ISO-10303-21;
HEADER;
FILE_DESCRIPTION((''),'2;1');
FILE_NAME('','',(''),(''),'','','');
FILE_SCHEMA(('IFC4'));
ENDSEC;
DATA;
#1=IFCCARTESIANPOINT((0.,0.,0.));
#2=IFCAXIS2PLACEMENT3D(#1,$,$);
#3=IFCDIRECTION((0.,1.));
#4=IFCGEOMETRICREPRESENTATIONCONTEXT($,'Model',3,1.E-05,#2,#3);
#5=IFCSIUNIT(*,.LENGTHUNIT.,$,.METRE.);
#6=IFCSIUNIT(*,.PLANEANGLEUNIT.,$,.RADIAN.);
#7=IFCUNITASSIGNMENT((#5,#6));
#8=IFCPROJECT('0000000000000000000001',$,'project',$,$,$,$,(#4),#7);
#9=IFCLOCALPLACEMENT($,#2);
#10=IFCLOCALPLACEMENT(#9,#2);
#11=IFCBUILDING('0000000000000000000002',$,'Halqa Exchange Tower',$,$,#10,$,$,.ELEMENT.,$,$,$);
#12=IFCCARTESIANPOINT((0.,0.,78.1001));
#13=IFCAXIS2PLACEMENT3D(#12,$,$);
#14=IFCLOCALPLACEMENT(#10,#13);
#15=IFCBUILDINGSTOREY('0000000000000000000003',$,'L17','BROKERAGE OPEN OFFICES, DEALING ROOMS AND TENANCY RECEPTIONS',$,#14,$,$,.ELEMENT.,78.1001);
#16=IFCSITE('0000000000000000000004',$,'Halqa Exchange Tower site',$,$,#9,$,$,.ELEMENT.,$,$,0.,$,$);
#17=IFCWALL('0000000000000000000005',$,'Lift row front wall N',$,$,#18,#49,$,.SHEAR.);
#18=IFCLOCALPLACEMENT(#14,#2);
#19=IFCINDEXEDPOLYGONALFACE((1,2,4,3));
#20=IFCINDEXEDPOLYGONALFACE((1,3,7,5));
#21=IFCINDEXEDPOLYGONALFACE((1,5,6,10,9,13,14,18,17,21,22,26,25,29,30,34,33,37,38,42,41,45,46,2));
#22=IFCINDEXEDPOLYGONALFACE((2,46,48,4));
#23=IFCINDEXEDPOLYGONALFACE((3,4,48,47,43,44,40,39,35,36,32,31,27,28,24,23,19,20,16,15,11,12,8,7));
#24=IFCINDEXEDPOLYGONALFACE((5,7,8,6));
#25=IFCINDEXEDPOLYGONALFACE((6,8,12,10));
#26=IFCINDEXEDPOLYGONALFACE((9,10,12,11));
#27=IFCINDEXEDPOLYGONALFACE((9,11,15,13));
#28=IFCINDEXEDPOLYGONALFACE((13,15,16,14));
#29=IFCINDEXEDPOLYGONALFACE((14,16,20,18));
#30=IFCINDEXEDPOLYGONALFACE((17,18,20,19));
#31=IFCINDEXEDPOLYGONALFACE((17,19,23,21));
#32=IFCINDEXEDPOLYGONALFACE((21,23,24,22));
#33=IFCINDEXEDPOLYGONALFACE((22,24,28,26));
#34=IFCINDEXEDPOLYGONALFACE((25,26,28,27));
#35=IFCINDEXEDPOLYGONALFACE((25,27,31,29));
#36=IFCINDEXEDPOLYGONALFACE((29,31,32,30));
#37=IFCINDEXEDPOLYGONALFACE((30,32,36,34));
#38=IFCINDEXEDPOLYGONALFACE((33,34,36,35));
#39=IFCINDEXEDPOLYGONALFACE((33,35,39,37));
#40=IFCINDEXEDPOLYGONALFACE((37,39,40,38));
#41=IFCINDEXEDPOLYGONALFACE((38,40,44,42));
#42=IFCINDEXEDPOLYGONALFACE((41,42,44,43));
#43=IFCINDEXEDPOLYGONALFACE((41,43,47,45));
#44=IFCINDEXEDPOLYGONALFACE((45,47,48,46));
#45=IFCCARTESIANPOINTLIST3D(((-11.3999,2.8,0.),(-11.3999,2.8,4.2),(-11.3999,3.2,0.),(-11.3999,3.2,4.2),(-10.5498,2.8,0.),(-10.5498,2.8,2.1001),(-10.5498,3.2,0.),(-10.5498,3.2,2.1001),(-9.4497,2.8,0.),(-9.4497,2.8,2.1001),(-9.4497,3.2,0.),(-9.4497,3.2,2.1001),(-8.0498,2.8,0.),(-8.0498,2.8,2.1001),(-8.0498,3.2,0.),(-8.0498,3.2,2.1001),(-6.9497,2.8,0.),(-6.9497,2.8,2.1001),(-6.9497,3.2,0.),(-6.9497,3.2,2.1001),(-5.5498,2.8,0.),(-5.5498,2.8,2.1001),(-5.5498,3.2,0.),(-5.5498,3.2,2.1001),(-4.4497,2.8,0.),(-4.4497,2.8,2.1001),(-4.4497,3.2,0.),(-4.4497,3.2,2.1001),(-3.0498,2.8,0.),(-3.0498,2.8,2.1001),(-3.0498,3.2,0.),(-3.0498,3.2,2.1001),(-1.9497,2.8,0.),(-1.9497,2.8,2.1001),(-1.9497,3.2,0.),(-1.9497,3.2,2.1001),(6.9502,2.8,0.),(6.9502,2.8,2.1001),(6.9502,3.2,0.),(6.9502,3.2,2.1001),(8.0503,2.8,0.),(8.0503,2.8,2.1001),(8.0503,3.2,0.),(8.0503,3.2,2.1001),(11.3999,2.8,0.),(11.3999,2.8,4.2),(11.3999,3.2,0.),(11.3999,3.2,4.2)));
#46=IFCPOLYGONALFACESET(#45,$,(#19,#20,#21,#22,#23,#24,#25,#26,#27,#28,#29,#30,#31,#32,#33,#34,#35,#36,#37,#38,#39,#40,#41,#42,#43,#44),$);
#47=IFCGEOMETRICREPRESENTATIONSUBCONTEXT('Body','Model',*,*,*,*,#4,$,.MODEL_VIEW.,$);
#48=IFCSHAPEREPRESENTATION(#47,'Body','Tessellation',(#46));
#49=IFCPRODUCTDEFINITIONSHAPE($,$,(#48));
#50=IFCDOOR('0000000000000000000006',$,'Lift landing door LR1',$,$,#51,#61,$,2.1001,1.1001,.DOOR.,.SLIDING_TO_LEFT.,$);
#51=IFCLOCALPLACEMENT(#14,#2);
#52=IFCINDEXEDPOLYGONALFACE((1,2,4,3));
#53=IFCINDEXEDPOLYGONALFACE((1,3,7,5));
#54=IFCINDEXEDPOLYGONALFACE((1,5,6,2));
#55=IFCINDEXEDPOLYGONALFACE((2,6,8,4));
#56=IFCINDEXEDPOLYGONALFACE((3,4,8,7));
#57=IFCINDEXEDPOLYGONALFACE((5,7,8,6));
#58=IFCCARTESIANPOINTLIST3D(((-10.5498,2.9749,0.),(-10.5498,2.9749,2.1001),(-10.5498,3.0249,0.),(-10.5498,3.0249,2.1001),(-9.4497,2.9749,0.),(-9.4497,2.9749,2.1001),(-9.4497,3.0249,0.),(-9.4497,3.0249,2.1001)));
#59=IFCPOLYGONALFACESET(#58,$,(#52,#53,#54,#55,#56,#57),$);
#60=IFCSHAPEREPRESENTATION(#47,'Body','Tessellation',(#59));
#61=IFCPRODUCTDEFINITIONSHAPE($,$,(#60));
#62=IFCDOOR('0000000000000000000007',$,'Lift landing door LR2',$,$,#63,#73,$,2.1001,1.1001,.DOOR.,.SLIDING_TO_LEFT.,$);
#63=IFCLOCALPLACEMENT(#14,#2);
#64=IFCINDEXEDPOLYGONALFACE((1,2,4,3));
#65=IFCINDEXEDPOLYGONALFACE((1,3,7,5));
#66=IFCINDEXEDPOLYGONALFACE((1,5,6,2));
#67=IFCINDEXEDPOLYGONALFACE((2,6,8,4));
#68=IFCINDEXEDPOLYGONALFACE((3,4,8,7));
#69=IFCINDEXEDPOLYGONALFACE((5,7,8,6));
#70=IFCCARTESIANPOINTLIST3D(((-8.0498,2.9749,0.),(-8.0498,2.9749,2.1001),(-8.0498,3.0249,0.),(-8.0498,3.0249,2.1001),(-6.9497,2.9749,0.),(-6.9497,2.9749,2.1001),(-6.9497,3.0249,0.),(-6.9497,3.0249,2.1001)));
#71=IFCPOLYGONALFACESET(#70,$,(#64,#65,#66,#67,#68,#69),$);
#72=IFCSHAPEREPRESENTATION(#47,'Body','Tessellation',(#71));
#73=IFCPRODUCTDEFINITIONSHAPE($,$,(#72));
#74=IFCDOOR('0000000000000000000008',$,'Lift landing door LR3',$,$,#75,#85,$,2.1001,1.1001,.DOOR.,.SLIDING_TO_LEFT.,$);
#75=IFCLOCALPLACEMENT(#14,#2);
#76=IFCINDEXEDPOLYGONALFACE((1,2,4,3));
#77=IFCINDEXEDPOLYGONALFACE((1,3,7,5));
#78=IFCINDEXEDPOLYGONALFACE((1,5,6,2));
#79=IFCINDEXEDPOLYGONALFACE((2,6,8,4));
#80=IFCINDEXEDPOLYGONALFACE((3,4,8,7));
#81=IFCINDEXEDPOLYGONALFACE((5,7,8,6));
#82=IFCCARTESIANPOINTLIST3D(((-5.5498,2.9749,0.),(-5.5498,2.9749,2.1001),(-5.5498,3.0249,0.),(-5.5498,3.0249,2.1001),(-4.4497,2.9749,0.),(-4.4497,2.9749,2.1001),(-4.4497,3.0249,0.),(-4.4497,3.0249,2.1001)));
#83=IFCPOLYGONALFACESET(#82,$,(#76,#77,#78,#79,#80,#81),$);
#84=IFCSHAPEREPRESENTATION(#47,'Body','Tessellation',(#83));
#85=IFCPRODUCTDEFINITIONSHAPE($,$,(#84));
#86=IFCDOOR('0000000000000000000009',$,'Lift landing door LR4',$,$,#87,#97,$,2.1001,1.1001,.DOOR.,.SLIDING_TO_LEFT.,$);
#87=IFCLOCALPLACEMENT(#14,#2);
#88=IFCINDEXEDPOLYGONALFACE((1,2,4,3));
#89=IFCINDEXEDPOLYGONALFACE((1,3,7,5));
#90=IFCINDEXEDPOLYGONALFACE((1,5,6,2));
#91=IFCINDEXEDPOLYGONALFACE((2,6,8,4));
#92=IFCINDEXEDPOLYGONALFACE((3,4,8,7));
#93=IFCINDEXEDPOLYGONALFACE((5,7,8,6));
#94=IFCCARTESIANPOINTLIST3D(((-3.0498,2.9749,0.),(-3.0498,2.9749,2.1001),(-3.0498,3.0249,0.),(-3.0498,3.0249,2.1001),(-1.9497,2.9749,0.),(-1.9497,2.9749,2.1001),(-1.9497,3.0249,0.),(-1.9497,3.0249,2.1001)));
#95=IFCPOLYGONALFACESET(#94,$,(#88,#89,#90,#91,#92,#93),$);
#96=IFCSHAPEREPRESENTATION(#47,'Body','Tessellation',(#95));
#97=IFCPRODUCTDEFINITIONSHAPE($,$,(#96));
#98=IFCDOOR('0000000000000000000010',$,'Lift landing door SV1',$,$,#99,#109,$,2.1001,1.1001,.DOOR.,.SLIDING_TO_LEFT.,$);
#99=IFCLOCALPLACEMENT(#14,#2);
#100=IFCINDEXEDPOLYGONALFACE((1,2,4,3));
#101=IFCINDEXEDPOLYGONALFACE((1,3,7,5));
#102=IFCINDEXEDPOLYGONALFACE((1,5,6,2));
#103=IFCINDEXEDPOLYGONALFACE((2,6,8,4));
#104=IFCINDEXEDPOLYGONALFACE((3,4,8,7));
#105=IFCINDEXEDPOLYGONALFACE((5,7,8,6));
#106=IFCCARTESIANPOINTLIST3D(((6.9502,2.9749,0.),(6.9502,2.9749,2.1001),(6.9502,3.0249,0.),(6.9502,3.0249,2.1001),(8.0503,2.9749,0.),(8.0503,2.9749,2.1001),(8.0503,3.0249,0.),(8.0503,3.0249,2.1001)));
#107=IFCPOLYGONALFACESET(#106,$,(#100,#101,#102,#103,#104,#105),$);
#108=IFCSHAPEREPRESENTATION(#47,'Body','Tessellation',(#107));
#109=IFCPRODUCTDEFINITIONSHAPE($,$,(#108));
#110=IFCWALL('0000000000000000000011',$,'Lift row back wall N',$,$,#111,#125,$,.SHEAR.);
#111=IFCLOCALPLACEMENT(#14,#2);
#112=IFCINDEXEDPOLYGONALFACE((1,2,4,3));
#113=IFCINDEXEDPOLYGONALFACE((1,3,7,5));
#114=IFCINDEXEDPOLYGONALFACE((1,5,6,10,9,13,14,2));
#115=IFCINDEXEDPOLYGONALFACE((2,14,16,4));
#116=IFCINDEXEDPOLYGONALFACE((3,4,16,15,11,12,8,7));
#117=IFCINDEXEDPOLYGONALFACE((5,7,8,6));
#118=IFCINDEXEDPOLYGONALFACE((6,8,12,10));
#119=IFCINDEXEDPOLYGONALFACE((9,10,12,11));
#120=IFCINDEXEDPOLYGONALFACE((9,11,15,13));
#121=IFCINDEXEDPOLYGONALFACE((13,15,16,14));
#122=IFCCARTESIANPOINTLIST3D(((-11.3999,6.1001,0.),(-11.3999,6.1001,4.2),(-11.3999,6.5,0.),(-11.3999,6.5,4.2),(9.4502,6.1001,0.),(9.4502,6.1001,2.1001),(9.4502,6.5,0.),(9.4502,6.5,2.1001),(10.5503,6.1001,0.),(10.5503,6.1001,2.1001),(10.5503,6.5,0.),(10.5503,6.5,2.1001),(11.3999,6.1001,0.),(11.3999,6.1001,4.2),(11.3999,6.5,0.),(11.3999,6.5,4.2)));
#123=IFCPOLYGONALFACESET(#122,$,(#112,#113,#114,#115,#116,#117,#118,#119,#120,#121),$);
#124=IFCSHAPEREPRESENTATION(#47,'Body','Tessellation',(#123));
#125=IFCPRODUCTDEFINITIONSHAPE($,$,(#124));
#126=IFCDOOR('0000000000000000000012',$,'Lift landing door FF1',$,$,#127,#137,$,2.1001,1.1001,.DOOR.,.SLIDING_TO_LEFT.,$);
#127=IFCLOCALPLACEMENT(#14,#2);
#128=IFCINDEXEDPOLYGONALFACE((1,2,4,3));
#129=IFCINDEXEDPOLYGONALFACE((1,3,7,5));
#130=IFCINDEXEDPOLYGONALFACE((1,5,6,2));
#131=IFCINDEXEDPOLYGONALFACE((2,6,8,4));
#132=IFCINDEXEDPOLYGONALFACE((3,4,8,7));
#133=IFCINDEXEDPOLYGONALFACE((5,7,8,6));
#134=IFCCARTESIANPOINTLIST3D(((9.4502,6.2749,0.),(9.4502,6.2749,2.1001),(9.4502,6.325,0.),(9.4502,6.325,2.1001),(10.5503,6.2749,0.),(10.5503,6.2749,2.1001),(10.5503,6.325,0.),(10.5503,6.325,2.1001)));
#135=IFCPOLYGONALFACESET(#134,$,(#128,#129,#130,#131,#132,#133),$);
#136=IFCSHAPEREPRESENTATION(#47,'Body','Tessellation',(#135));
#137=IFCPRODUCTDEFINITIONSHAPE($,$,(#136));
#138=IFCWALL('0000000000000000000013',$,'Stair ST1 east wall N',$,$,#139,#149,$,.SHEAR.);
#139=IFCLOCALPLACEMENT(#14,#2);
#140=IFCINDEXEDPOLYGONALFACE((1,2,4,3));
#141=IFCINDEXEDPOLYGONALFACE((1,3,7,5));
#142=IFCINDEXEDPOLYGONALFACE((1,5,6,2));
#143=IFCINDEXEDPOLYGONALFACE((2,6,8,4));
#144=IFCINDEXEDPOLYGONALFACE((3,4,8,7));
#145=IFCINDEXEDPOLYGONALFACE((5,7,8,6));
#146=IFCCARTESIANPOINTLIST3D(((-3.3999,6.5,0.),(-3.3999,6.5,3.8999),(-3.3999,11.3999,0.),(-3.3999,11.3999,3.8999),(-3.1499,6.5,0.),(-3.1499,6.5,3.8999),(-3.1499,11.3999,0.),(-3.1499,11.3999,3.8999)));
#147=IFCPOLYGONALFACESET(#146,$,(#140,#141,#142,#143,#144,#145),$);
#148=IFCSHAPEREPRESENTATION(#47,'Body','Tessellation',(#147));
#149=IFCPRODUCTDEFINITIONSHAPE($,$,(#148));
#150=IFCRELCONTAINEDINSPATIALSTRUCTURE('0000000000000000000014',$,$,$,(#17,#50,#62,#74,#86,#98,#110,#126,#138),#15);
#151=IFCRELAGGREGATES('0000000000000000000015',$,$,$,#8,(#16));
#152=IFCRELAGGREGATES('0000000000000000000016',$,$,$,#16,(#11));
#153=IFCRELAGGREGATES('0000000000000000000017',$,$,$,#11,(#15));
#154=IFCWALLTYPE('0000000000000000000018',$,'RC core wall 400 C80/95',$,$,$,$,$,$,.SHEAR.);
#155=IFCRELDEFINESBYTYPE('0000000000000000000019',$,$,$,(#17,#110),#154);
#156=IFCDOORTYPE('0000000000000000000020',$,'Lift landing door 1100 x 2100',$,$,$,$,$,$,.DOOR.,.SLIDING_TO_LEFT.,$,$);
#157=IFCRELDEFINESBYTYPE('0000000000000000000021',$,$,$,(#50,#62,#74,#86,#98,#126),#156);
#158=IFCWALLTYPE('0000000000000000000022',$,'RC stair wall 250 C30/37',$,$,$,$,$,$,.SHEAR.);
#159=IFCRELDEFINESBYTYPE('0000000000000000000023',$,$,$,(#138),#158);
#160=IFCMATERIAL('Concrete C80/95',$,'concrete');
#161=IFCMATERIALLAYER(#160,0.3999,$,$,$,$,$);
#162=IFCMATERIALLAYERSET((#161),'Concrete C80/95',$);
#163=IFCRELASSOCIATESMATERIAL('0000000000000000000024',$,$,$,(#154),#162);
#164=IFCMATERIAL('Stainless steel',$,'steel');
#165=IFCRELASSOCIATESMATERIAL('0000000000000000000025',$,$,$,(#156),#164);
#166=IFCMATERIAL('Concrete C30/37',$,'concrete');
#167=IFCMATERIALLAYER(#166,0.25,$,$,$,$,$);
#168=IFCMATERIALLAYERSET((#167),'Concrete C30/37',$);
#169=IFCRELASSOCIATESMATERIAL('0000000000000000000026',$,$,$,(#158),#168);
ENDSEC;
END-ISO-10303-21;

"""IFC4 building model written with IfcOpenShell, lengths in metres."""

from ifc_helpers import new_model, si_unit, direction, frame, frame_2d, origin, place, context, subcontext, project, spatial, rectangle, extrude, material, layer, layer_set, type_object, element, fill, save


model = new_model("IFC4")

# Units and contexts
model_context = context("Model", 3, precision=1e-05, world=origin(), true_north=direction((0.0, 1.0)))
body_context = subcontext(model_context, "Body", "Model", "MODEL_VIEW")
ifc_project = project(units=[si_unit("LENGTHUNIT", "METRE"), si_unit("PLANEANGLEUNIT", "RADIAN")], contexts=[model_context])

# Site, building, storey
site_placement = place(None, origin())
site = spatial("IfcSite", under=ifc_project, at=site_placement, Name="Halqa Exchange Tower site", CompositionType="ELEMENT", RefElevation=0.0)
building_placement = place(site_placement, origin())
building = spatial("IfcBuilding", under=site, at=building_placement, Name="Halqa Exchange Tower", CompositionType="ELEMENT")
storey_placement = place(building_placement, frame((0.0, 0.0, 78.1001)))
storey = spatial("IfcBuildingStorey", under=building, at=storey_placement, Name="L17", Description="BROKERAGE OPEN OFFICES, DEALING ROOMS AND TENANCY RECEPTIONS", CompositionType="ELEMENT", Elevation=78.1001)

# Wall, openings, doors
ifc_material_1 = material(Name="Concrete C80/95", Category="concrete")
ifc_layer_1 = layer(ifc_material_1, 0.3999)
ifc_layer_set_1 = layer_set([ifc_layer_1], Name="Concrete C80/95")
wall_type_1 = type_object("IfcWallType", Name="RC core wall 400 C80/95", PredefinedType="SHEAR", material=ifc_layer_set_1)
wall_1_placement = place(storey_placement, frame((-11.3999, 3.0, 0.0), z_axis=(0.0, 0.0, 1.0), x_axis=(1.0, 0.0, 0.0)))
wall_1 = element("IfcWall", 1, at=wall_1_placement, inside=storey, type_object=wall_type_1, Name="Lift row front wall N", PredefinedType="SHEAR", context=body_context, shape_type="SweptSolid", body=[
    extrude(rectangle(XDim=22.7998, YDim=0.3999, at=frame_2d((11.3999, 0.0))), origin(), (0.0, 0.0, 1.0), 4.2),
])
opening_1_placement = place(wall_1_placement, frame((0.8501, 0.0, 0.0)))
opening_1 = element("IfcOpeningElement", 2, at=opening_1_placement, cuts=wall_1, PredefinedType="OPENING", context=body_context, shape_type="SweptSolid", body=[
    extrude(rectangle(XDim=1.1001, YDim=2.1001, at=frame_2d((0.55, 1.05))), frame((0.0, 0.2119, 0.0), z_axis=(0.0, -1.0, 0.0), x_axis=(1.0, 0.0, 0.0)), (0.0, 0.0, 1.0), 0.4238),
])
opening_2_placement = place(wall_1_placement, frame((3.3501, 0.0, 0.0)))
opening_2 = element("IfcOpeningElement", 3, at=opening_2_placement, cuts=wall_1, PredefinedType="OPENING", context=body_context, shape_type="SweptSolid", body=[
    extrude(rectangle(XDim=1.1001, YDim=2.1001, at=frame_2d((0.55, 1.05))), frame((0.0, 0.2119, 0.0), z_axis=(0.0, -1.0, 0.0), x_axis=(1.0, 0.0, 0.0)), (0.0, 0.0, 1.0), 0.4238),
])
opening_3_placement = place(wall_1_placement, frame((5.8501, 0.0, 0.0)))
opening_3 = element("IfcOpeningElement", 4, at=opening_3_placement, cuts=wall_1, PredefinedType="OPENING", context=body_context, shape_type="SweptSolid", body=[
    extrude(rectangle(XDim=1.1001, YDim=2.1001, at=frame_2d((0.55, 1.05))), frame((0.0, 0.2119, 0.0), z_axis=(0.0, -1.0, 0.0), x_axis=(1.0, 0.0, 0.0)), (0.0, 0.0, 1.0), 0.4238),
])
opening_4_placement = place(wall_1_placement, frame((8.3501, 0.0, 0.0)))
opening_4 = element("IfcOpeningElement", 5, at=opening_4_placement, cuts=wall_1, PredefinedType="OPENING", context=body_context, shape_type="SweptSolid", body=[
    extrude(rectangle(XDim=1.1001, YDim=2.1001, at=frame_2d((0.55, 1.05))), frame((0.0, 0.2119, 0.0), z_axis=(0.0, -1.0, 0.0), x_axis=(1.0, 0.0, 0.0)), (0.0, 0.0, 1.0), 0.4238),
])
opening_5_placement = place(wall_1_placement, frame((18.3501, 0.0, 0.0)))
opening_5 = element("IfcOpeningElement", 6, at=opening_5_placement, cuts=wall_1, PredefinedType="OPENING", context=body_context, shape_type="SweptSolid", body=[
    extrude(rectangle(XDim=1.1001, YDim=2.1001, at=frame_2d((0.55, 1.05))), frame((0.0, 0.2119, 0.0), z_axis=(0.0, -1.0, 0.0), x_axis=(1.0, 0.0, 0.0)), (0.0, 0.0, 1.0), 0.4238),
])
ifc_material_2 = material(Name="Stainless steel", Category="steel")
door_type = type_object("IfcDoorType", Name="Lift landing door 1100 x 2100", OperationType="SLIDING_TO_LEFT", PredefinedType="DOOR", material=ifc_material_2)
door_1_placement = place(opening_1_placement, origin())
door_1 = element("IfcDoor", 7, at=door_1_placement, inside=storey, type_object=door_type, Name="Lift landing door LR1", OperationType="SLIDING_TO_LEFT", OverallHeight=2.1001, OverallWidth=1.1001, PredefinedType="DOOR", context=body_context, shape_type="SweptSolid", body=[
    extrude(rectangle(XDim=1.1001, YDim=2.1001, at=frame_2d((0.55, 1.05))), frame((0.0, 0.0249, 0.0), z_axis=(0.0, -1.0, 0.0), x_axis=(1.0, 0.0, 0.0)), (0.0, 0.0, 1.0), 0.05),
])
fill(opening_1, door_1)
door_2_placement = place(opening_2_placement, origin())
door_2 = element("IfcDoor", 8, at=door_2_placement, inside=storey, type_object=door_type, Name="Lift landing door LR2", OperationType="SLIDING_TO_LEFT", OverallHeight=2.1001, OverallWidth=1.1001, PredefinedType="DOOR", context=body_context, shape_type="SweptSolid", body=[
    extrude(rectangle(XDim=1.1001, YDim=2.1001, at=frame_2d((0.55, 1.05))), frame((0.0, 0.0249, 0.0), z_axis=(0.0, -1.0, 0.0), x_axis=(1.0, 0.0, 0.0)), (0.0, 0.0, 1.0), 0.05),
])
fill(opening_2, door_2)
door_3_placement = place(opening_3_placement, origin())
door_3 = element("IfcDoor", 9, at=door_3_placement, inside=storey, type_object=door_type, Name="Lift landing door LR3", OperationType="SLIDING_TO_LEFT", OverallHeight=2.1001, OverallWidth=1.1001, PredefinedType="DOOR", context=body_context, shape_type="SweptSolid", body=[
    extrude(rectangle(XDim=1.1001, YDim=2.1001, at=frame_2d((0.55, 1.05))), frame((0.0, 0.0249, 0.0), z_axis=(0.0, -1.0, 0.0), x_axis=(1.0, 0.0, 0.0)), (0.0, 0.0, 1.0), 0.05),
])
fill(opening_3, door_3)
door_4_placement = place(opening_4_placement, origin())
door_4 = element("IfcDoor", 10, at=door_4_placement, inside=storey, type_object=door_type, Name="Lift landing door LR4", OperationType="SLIDING_TO_LEFT", OverallHeight=2.1001, OverallWidth=1.1001, PredefinedType="DOOR", context=body_context, shape_type="SweptSolid", body=[
    extrude(rectangle(XDim=1.1001, YDim=2.1001, at=frame_2d((0.55, 1.05))), frame((0.0, 0.0249, 0.0), z_axis=(0.0, -1.0, 0.0), x_axis=(1.0, 0.0, 0.0)), (0.0, 0.0, 1.0), 0.05),
])
fill(opening_4, door_4)
door_5_placement = place(opening_5_placement, origin())
door_5 = element("IfcDoor", 11, at=door_5_placement, inside=storey, type_object=door_type, Name="Lift landing door SV1", OperationType="SLIDING_TO_LEFT", OverallHeight=2.1001, OverallWidth=1.1001, PredefinedType="DOOR", context=body_context, shape_type="SweptSolid", body=[
    extrude(rectangle(XDim=1.1001, YDim=2.1001, at=frame_2d((0.55, 1.05))), frame((0.0, 0.0249, 0.0), z_axis=(0.0, -1.0, 0.0), x_axis=(1.0, 0.0, 0.0)), (0.0, 0.0, 1.0), 0.05),
])
fill(opening_5, door_5)

# Wall, opening, door
wall_2_placement = place(storey_placement, frame((-11.3999, 6.3, 0.0), z_axis=(0.0, 0.0, 1.0), x_axis=(1.0, 0.0, 0.0)))
wall_2 = element("IfcWall", 12, at=wall_2_placement, inside=storey, type_object=wall_type_1, Name="Lift row back wall N", PredefinedType="SHEAR", context=body_context, shape_type="SweptSolid", body=[
    extrude(rectangle(XDim=22.7998, YDim=0.3999, at=frame_2d((11.3999, 0.0))), origin(), (0.0, 0.0, 1.0), 4.2),
])
opening_6_placement = place(wall_2_placement, frame((20.8501, 0.0, 0.0)))
opening_6 = element("IfcOpeningElement", 13, at=opening_6_placement, cuts=wall_2, PredefinedType="OPENING", context=body_context, shape_type="SweptSolid", body=[
    extrude(rectangle(XDim=1.1001, YDim=2.1001, at=frame_2d((0.55, 1.05))), frame((0.0, 0.2119, 0.0), z_axis=(0.0, -1.0, 0.0), x_axis=(1.0, 0.0, 0.0)), (0.0, 0.0, 1.0), 0.4238),
])
door_6_placement = place(opening_6_placement, origin())
door_6 = element("IfcDoor", 14, at=door_6_placement, inside=storey, type_object=door_type, Name="Lift landing door FF1", OperationType="SLIDING_TO_LEFT", OverallHeight=2.1001, OverallWidth=1.1001, PredefinedType="DOOR", context=body_context, shape_type="SweptSolid", body=[
    extrude(rectangle(XDim=1.1001, YDim=2.1001, at=frame_2d((0.55, 1.05))), frame((0.0, 0.0249, 0.0), z_axis=(0.0, -1.0, 0.0), x_axis=(1.0, 0.0, 0.0)), (0.0, 0.0, 1.0), 0.05),
])
fill(opening_6, door_6)

# Wall
ifc_material_3 = material(Name="Concrete C30/37", Category="concrete")
ifc_layer_2 = layer(ifc_material_3, 0.25)
ifc_layer_set_2 = layer_set([ifc_layer_2], Name="Concrete C30/37")
wall_type_2 = type_object("IfcWallType", Name="RC stair wall 250 C30/37", PredefinedType="SHEAR", material=ifc_layer_set_2)
wall_3_placement = place(storey_placement, frame((-3.2749, 6.5, 0.0), z_axis=(0.0, 0.0, 1.0), x_axis=(0.0, 1.0, 0.0)))
element("IfcWall", 15, at=wall_3_placement, inside=storey, type_object=wall_type_2, Name="Stair ST1 east wall N", PredefinedType="SHEAR", context=body_context, shape_type="SweptSolid", body=[
    extrude(rectangle(XDim=4.8999, YDim=0.25, at=frame_2d((2.45, 0.0))), origin(), (0.0, 0.0, 1.0), 3.8999),
])

save(model, "model.ifc")
